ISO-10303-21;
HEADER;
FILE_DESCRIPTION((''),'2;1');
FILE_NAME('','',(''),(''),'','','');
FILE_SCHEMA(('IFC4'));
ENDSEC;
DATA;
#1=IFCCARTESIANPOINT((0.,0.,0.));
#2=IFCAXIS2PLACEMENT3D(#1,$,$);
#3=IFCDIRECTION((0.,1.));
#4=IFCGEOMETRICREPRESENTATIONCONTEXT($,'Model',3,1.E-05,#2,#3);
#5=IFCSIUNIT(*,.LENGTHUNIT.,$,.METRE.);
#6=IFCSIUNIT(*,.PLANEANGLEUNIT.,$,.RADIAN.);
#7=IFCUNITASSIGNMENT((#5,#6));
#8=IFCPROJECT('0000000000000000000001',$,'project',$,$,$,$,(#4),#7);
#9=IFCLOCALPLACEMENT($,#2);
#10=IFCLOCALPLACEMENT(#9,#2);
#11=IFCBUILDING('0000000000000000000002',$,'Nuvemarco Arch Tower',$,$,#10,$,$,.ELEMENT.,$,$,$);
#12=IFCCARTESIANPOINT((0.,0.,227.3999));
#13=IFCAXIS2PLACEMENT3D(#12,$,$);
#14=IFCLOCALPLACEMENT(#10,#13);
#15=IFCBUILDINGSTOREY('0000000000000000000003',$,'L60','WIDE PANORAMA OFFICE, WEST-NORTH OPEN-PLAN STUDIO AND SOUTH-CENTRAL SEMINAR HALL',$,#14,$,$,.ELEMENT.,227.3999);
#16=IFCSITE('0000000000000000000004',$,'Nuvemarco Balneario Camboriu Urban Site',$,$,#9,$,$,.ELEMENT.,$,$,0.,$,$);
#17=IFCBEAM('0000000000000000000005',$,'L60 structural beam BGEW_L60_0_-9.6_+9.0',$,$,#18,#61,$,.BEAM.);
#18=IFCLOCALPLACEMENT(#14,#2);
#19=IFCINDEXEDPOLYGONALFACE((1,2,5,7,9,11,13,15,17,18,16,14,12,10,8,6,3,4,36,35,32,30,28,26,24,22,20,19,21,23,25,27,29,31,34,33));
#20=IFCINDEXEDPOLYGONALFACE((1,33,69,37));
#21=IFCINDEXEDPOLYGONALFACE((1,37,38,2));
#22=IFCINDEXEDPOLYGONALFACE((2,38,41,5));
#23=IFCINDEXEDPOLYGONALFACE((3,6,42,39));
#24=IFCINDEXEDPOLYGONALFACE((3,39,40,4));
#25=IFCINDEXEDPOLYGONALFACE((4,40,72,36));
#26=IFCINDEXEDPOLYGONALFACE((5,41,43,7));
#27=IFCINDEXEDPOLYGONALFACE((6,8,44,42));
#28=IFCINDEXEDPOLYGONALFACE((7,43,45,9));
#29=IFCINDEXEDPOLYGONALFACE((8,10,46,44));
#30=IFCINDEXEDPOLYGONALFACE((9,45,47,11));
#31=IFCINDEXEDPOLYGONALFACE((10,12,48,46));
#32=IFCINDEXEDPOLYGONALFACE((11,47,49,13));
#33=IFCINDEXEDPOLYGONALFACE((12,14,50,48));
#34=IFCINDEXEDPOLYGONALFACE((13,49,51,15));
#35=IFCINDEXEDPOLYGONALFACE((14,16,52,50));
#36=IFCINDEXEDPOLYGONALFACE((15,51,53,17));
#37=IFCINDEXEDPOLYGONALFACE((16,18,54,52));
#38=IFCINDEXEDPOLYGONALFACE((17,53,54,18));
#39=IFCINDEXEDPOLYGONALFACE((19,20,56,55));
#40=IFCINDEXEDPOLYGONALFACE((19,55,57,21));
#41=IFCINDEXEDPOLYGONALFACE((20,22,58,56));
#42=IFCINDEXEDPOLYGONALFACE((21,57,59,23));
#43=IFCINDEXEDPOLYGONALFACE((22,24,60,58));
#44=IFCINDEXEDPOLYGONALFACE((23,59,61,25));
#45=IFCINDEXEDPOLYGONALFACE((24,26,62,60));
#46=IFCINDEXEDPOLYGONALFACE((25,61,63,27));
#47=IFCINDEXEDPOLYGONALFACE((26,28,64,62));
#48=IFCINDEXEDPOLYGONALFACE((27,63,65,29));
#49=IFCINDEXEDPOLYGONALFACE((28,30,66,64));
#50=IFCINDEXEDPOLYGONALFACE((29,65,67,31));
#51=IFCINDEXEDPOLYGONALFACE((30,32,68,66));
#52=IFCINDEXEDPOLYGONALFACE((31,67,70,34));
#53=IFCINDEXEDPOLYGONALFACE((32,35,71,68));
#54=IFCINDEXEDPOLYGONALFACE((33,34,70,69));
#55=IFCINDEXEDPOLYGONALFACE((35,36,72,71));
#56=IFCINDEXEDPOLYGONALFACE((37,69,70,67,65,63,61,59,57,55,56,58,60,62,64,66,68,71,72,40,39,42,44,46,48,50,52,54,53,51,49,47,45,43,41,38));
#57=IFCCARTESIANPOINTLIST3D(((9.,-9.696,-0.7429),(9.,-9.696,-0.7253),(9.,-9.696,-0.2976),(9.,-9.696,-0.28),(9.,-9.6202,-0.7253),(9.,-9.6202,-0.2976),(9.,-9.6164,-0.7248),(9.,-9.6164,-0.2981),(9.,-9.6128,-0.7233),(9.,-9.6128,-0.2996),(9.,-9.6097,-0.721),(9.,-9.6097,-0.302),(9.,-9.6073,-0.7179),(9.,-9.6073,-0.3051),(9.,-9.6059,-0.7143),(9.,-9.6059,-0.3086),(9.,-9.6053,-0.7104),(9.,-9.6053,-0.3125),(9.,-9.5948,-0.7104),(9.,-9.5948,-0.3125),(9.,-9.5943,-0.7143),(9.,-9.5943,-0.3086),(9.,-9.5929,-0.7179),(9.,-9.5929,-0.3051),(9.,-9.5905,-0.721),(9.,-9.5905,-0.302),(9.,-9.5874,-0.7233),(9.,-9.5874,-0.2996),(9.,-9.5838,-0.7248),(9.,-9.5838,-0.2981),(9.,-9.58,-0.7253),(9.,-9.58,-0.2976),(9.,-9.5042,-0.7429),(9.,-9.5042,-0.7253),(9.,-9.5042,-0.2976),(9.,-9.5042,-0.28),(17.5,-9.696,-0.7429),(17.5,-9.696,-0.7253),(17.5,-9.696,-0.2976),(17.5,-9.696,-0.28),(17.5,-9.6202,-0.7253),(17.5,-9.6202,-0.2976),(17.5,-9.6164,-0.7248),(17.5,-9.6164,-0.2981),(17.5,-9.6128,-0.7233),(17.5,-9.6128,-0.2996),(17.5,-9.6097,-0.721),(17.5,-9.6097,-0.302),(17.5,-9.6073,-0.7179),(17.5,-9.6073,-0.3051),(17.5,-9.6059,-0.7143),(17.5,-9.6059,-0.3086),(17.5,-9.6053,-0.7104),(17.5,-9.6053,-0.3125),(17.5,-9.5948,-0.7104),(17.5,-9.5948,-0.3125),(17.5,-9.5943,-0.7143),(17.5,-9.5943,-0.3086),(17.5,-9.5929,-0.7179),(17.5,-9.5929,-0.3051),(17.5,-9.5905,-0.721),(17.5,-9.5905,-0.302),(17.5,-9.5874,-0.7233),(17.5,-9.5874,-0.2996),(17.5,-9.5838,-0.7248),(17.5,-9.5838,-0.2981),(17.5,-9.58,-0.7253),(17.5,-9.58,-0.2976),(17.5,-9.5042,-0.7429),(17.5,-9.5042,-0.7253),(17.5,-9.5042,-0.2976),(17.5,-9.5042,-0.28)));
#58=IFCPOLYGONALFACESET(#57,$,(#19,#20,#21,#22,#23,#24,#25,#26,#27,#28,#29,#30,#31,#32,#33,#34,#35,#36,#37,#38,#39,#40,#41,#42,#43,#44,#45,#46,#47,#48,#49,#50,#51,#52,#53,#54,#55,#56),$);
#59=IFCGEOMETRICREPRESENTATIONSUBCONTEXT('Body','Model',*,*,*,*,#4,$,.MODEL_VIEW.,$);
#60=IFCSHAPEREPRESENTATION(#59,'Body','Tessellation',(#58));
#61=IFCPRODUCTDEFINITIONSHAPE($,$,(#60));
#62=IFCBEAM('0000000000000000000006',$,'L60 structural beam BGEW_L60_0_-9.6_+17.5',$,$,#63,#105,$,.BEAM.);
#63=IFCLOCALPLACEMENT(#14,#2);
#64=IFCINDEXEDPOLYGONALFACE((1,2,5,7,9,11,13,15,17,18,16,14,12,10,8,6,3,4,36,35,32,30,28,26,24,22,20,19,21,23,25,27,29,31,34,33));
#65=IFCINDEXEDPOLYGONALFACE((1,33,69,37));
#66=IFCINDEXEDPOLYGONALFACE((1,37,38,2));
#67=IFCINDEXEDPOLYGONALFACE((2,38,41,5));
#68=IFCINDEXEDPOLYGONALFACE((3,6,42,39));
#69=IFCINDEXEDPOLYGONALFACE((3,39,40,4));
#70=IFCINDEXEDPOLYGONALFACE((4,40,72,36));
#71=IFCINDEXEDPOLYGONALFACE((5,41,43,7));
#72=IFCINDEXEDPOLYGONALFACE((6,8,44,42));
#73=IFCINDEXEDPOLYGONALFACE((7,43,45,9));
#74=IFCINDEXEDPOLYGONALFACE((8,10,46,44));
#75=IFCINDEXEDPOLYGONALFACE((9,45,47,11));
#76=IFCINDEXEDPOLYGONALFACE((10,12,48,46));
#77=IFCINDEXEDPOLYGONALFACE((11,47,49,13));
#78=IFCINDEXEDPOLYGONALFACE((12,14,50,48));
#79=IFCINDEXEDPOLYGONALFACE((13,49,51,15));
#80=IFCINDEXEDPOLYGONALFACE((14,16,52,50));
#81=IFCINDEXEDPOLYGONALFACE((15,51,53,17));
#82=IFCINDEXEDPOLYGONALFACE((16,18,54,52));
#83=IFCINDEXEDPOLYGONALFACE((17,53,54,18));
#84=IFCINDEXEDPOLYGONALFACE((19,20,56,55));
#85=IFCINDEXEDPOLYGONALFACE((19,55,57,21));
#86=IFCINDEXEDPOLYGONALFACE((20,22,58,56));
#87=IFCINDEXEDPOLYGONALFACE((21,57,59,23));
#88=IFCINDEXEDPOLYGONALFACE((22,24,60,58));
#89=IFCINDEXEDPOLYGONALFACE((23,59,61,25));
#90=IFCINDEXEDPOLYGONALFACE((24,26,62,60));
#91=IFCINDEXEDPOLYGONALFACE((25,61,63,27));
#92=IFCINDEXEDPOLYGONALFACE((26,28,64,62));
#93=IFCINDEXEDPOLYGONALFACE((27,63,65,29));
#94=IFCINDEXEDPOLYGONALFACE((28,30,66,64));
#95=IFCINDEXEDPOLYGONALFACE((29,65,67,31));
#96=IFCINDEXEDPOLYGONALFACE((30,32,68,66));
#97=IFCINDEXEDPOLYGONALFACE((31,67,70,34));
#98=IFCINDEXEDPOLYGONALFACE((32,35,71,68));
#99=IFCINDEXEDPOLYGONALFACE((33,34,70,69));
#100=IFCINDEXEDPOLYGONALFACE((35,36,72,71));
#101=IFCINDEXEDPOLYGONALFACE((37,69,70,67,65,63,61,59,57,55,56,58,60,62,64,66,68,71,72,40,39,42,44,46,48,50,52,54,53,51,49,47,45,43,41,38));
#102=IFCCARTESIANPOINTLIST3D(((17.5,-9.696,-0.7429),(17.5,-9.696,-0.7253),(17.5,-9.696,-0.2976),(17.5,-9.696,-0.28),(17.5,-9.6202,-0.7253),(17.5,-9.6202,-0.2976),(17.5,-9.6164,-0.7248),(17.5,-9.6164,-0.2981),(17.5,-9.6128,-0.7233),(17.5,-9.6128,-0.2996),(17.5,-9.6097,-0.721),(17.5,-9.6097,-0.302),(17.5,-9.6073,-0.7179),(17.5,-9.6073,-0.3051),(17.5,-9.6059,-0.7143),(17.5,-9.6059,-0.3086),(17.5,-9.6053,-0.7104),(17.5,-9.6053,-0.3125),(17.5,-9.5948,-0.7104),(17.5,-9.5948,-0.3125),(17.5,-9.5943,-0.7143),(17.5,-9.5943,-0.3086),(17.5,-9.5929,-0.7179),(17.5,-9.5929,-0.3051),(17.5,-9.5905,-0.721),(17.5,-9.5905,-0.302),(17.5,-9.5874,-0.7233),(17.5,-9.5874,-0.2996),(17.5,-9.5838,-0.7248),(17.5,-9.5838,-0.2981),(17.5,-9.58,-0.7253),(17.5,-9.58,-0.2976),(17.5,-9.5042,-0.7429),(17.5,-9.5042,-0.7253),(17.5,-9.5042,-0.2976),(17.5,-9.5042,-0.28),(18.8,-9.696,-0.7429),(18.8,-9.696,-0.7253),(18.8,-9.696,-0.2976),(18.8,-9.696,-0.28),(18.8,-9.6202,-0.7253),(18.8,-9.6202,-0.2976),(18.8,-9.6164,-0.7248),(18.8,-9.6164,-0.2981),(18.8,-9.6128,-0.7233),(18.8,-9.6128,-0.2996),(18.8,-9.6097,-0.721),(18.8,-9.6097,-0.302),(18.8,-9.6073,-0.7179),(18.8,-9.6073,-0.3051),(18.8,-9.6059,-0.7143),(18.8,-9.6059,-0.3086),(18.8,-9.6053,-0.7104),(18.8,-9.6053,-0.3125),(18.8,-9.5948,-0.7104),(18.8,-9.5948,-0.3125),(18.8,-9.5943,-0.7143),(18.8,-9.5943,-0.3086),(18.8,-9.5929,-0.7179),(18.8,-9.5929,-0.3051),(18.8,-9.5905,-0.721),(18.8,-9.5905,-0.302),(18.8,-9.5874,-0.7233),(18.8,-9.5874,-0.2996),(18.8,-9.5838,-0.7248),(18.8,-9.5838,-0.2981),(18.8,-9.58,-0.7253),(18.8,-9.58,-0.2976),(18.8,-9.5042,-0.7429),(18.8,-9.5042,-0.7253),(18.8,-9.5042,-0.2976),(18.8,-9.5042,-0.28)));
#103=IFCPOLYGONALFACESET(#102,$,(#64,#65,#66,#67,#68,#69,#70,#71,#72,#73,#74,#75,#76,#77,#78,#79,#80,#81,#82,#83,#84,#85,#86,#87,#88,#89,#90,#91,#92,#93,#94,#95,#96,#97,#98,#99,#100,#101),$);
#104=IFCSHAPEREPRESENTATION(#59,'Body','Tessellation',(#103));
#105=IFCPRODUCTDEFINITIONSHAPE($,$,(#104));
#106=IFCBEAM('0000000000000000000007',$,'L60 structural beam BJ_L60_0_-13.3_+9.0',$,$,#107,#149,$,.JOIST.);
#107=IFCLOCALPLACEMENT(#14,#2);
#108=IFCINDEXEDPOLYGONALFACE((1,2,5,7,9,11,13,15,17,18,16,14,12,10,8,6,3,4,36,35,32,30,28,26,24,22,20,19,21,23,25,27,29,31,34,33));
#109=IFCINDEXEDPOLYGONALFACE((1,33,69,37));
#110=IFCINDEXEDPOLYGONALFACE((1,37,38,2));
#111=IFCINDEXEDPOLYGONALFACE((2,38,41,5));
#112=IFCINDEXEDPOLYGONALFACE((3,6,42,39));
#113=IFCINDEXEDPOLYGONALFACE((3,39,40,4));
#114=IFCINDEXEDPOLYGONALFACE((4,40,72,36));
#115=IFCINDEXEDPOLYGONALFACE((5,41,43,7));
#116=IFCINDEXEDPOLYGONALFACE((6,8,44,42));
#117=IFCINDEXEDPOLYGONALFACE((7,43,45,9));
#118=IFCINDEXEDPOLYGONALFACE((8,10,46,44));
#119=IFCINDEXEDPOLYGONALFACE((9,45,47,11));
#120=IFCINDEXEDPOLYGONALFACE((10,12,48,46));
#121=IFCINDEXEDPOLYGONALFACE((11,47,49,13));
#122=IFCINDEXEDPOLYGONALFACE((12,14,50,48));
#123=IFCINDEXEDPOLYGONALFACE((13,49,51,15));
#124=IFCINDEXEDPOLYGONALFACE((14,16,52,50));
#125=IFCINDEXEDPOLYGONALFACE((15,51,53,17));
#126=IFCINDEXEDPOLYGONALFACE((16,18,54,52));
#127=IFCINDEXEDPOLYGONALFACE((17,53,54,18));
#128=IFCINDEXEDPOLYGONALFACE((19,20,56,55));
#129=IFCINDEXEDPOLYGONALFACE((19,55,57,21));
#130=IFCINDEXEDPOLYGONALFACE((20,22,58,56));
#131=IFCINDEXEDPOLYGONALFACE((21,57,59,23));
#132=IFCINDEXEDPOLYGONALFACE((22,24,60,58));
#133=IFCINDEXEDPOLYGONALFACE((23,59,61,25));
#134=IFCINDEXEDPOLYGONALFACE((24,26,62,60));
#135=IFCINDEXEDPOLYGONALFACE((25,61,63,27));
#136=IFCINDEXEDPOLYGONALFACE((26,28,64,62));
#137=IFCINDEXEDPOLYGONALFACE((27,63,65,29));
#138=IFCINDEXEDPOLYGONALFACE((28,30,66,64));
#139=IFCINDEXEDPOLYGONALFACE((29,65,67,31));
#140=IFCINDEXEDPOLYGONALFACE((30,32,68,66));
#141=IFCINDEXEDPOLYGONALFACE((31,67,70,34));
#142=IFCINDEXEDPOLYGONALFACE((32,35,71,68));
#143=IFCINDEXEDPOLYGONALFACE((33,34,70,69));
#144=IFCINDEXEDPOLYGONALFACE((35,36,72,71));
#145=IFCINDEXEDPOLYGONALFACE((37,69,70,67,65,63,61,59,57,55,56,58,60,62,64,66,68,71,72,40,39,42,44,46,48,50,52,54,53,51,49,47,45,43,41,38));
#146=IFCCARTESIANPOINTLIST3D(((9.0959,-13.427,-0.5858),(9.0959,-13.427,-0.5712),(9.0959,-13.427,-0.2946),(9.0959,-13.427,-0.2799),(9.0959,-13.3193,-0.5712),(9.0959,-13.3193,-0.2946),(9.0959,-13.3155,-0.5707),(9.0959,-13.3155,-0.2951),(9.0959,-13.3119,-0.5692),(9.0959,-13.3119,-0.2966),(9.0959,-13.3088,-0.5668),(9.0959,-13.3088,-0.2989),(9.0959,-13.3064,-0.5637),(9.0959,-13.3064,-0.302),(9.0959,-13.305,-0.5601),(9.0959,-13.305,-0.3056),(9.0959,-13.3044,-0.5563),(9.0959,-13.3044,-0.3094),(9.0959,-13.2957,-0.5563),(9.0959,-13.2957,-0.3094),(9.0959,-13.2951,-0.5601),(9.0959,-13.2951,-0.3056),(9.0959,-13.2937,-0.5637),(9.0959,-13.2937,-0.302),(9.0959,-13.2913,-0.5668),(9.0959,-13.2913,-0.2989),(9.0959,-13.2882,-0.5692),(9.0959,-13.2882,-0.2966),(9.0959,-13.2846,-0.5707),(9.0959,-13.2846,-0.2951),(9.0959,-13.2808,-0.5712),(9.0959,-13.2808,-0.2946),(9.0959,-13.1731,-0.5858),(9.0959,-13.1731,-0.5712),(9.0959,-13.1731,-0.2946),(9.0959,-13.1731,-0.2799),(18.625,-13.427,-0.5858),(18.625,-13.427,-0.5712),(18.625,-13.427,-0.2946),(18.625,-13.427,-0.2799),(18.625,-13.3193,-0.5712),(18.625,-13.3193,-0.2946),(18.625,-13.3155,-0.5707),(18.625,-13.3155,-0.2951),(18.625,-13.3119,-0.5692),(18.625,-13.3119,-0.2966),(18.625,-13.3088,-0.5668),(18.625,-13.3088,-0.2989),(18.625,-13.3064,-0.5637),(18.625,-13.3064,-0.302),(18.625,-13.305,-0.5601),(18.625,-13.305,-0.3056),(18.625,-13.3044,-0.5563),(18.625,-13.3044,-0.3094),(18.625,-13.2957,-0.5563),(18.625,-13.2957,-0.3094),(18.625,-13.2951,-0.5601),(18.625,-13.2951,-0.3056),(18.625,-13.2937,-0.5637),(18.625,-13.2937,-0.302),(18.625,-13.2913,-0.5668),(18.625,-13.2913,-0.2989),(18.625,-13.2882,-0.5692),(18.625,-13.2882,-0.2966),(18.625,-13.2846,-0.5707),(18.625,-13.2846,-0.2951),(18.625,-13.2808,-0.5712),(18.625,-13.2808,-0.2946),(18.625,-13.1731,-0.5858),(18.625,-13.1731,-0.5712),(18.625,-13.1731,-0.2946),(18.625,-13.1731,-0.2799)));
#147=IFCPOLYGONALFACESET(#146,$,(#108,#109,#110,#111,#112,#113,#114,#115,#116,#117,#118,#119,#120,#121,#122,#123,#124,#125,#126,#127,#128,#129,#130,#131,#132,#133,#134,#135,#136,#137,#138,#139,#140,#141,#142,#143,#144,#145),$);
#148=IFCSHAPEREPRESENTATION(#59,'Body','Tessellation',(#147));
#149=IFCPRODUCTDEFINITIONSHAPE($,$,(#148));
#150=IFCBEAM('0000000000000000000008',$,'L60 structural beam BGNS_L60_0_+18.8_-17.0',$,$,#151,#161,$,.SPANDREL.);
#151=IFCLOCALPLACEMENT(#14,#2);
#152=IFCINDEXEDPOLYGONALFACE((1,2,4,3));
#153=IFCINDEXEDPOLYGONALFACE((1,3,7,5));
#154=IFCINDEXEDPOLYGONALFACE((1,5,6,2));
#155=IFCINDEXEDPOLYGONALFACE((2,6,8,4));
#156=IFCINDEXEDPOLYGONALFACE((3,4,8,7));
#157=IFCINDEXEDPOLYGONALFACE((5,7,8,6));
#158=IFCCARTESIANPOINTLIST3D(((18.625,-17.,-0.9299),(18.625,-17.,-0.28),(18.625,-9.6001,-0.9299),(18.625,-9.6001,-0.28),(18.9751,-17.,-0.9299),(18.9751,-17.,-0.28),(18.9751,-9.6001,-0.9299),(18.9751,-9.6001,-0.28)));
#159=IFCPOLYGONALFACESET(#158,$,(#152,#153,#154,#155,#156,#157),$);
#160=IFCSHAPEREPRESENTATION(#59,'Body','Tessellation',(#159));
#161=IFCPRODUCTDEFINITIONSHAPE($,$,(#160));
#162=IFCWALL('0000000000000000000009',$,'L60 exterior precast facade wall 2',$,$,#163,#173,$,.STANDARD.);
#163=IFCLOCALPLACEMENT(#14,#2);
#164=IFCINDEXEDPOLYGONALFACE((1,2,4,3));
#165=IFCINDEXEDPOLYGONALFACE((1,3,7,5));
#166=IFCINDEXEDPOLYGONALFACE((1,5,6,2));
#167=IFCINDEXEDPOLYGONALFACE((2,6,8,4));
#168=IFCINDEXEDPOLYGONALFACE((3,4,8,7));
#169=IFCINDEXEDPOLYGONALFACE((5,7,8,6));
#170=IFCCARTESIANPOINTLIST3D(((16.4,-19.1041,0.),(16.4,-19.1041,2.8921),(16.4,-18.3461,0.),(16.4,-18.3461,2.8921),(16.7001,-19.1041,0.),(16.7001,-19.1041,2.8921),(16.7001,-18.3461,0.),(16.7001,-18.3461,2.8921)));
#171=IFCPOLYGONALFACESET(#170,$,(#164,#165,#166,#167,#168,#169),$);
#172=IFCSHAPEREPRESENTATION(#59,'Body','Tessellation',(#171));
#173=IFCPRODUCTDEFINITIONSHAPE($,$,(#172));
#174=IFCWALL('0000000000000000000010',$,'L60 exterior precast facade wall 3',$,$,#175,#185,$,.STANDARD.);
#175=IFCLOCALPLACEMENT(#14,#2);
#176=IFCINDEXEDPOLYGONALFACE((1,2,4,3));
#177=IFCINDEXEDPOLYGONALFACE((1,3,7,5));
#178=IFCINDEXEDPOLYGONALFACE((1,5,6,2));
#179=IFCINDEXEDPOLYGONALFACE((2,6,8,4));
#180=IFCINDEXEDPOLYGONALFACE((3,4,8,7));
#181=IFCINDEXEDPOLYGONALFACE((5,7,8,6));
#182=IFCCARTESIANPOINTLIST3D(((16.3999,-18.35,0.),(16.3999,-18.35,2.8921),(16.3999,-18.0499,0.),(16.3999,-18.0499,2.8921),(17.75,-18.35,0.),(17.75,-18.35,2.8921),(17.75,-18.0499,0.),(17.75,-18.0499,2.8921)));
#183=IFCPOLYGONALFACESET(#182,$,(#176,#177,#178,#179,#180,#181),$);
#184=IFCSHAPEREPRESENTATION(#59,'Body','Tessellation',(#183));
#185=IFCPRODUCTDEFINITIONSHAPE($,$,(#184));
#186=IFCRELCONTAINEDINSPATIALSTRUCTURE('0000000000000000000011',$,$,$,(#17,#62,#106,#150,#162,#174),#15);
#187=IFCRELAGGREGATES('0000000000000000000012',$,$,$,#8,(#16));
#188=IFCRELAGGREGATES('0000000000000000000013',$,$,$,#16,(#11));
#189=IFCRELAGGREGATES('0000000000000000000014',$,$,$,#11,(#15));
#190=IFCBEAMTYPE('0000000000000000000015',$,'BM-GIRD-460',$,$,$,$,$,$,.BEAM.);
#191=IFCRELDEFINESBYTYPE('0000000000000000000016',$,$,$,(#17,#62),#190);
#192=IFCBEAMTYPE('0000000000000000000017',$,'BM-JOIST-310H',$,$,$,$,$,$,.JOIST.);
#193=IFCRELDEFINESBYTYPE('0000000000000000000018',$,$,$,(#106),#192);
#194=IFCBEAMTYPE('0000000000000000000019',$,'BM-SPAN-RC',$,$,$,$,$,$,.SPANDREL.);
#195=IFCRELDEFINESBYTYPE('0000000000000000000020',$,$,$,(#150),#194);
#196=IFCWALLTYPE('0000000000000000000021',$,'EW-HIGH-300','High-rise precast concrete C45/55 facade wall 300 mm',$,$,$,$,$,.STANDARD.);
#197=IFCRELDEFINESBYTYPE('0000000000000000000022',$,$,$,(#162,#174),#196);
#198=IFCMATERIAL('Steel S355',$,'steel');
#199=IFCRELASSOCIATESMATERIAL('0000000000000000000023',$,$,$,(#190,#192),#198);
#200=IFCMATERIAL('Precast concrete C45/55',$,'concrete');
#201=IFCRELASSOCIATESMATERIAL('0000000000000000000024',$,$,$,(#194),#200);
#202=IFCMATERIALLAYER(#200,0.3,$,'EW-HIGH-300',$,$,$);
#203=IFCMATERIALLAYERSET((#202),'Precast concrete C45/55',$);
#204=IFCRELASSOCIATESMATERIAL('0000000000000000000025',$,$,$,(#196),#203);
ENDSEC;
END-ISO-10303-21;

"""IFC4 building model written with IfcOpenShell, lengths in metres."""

from ifc_helpers import new_model, si_unit, direction, frame, frame_2d, origin, origin_2d, place, context, subcontext, project, spatial, rectangle, i_section, extrude, material, layer, layer_set, material_profile, profile_set, type_object, element, save


model = new_model("IFC4")

# Units and contexts
model_context = context("Model", 3, precision=1e-05, world=origin(), true_north=direction((0.0, 1.0)))
body_context = subcontext(model_context, "Body", "Model", "MODEL_VIEW")
ifc_project = project(units=[si_unit("LENGTHUNIT", "METRE"), si_unit("PLANEANGLEUNIT", "RADIAN")], contexts=[model_context])

# Site, building, storey
site_placement = place(None, origin())
site = spatial("IfcSite", under=ifc_project, at=site_placement, Name="Nuvemarco Balneario Camboriu Urban Site", CompositionType="ELEMENT", RefElevation=0.0)
building_placement = place(site_placement, origin())
building = spatial("IfcBuilding", under=site, at=building_placement, Name="Nuvemarco Arch Tower", CompositionType="ELEMENT")
storey_placement = place(building_placement, frame((0.0, 0.0, 227.3999)))
storey = spatial("IfcBuildingStorey", under=building, at=storey_placement, Name="L60", Description="WIDE PANORAMA OFFICE, WEST-NORTH OPEN-PLAN STUDIO AND SOUTH-CENTRAL SEMINAR HALL", CompositionType="ELEMENT", Elevation=227.3999)

# Shared definitions
ifc_material_1 = material(Name="Steel S355", Category="steel")

# Beams
ifc_material_profile_1 = material_profile(ifc_material_1, i_section(OverallWidth=0.1919, OverallDepth=0.4629, WebThickness=0.0105, FlangeThickness=0.0176, FilletRadius=0.0149, at=origin_2d()), Name="W460x89")
ifc_profile_set_1 = profile_set([ifc_material_profile_1], Name="Steel S355")
beam_type_1 = type_object("IfcBeamType", Name="BM-GIRD-460", PredefinedType="BEAM", material=ifc_profile_set_1)
beam_1_placement = place(storey_placement, frame((9.0, -9.6001, -0.5115), z_axis=(1.0, 0.0, 0.0), x_axis=(0.0, 1.0, 0.0)))
element("IfcBeam", 1, at=beam_1_placement, inside=storey, type_object=beam_type_1, Name="L60 structural beam BGEW_L60_0_-9.6_+9.0", PredefinedType="BEAM", context=body_context, shape_type="SweptSolid", body=[
    extrude(i_section(OverallWidth=0.1919, OverallDepth=0.4629, WebThickness=0.0105, FlangeThickness=0.0176, FilletRadius=0.0149, at=origin_2d()), origin(), (0.0, 0.0, 1.0), 8.5),
])
beam_2_placement = place(storey_placement, frame((17.5, -9.6001, -0.5115), z_axis=(1.0, 0.0, 0.0), x_axis=(0.0, 1.0, 0.0)))
element("IfcBeam", 2, at=beam_2_placement, inside=storey, type_object=beam_type_1, Name="L60 structural beam BGEW_L60_0_-9.6_+17.5", PredefinedType="BEAM", context=body_context, shape_type="SweptSolid", body=[
    extrude(i_section(OverallWidth=0.1919, OverallDepth=0.4629, WebThickness=0.0105, FlangeThickness=0.0176, FilletRadius=0.0149, at=origin_2d()), origin(), (0.0, 0.0, 1.0), 1.3),
])
ifc_material_profile_2 = material_profile(ifc_material_1, i_section(OverallWidth=0.2539, OverallDepth=0.3059, WebThickness=0.0088, FlangeThickness=0.0146, FilletRadius=0.0149, at=origin_2d()), Name="W310x79")
ifc_profile_set_2 = profile_set([ifc_material_profile_2], Name="Steel S355")
beam_type_2 = type_object("IfcBeamType", Name="BM-JOIST-310H", PredefinedType="JOIST", material=ifc_profile_set_2)
beam_3_placement = place(storey_placement, frame((9.0959, -13.3, -0.4329), z_axis=(1.0, 0.0, 0.0), x_axis=(0.0, 1.0, 0.0)))
element("IfcBeam", 3, at=beam_3_placement, inside=storey, type_object=beam_type_2, Name="L60 structural beam BJ_L60_0_-13.3_+9.0", PredefinedType="JOIST", context=body_context, shape_type="SweptSolid", body=[
    extrude(i_section(OverallWidth=0.2539, OverallDepth=0.3059, WebThickness=0.0088, FlangeThickness=0.0146, FilletRadius=0.0149, at=origin_2d()), origin(), (0.0, 0.0, 1.0), 9.5291),
])
ifc_material_2 = material(Name="Precast concrete C45/55", Category="concrete")
ifc_material_profile_3 = material_profile(ifc_material_2, rectangle(XDim=0.3501, YDim=0.6499, at=origin_2d()), Name="PC-SP-350x650")
ifc_profile_set_3 = profile_set([ifc_material_profile_3], Name="Precast concrete C45/55")
beam_type_3 = type_object("IfcBeamType", Name="BM-SPAN-RC", PredefinedType="SPANDREL", material=ifc_profile_set_3)
beam_4_placement = place(storey_placement, frame((18.8, -17.0, -0.605), z_axis=(0.0, 1.0, 0.0), x_axis=(-1.0, 0.0, 0.0)))
element("IfcBeam", 4, at=beam_4_placement, inside=storey, type_object=beam_type_3, Name="L60 structural beam BGNS_L60_0_+18.8_-17.0", PredefinedType="SPANDREL", context=body_context, shape_type="SweptSolid", body=[
    extrude(rectangle(XDim=0.3501, YDim=0.6499, at=origin_2d()), origin(), (0.0, 0.0, 1.0), 7.3999),
])

# Walls
ifc_layer = layer(ifc_material_2, 0.3, Name="EW-HIGH-300")
ifc_layer_set = layer_set([ifc_layer], Name="Precast concrete C45/55")
wall_type = type_object("IfcWallType", Name="EW-HIGH-300", Description="High-rise precast concrete C45/55 facade wall 300 mm", PredefinedType="STANDARD", material=ifc_layer_set)
wall_1_placement = place(storey_placement, frame((16.55, -19.104, 0.0), z_axis=(0.0, 0.0, 1.0), x_axis=(0.0, 1.0, 0.0)))
element("IfcWall", 5, at=wall_1_placement, inside=storey, type_object=wall_type, Name="L60 exterior precast facade wall 2", PredefinedType="STANDARD", context=body_context, shape_type="SweptSolid", body=[
    extrude(rectangle(XDim=0.7581, YDim=0.3, at=frame_2d((0.3789, 0.0))), origin(), (0.0, 0.0, 1.0), 2.8921),
])
wall_2_placement = place(storey_placement, frame((16.3999, -18.2, 0.0), z_axis=(0.0, 0.0, 1.0), x_axis=(1.0, 0.0, 0.0)))
element("IfcWall", 6, at=wall_2_placement, inside=storey, type_object=wall_type, Name="L60 exterior precast facade wall 3", PredefinedType="STANDARD", context=body_context, shape_type="SweptSolid", body=[
    extrude(rectangle(XDim=1.3501, YDim=0.3, at=frame_2d((0.675, 0.0))), origin(), (0.0, 0.0, 1.0), 2.8921),
])

save(model, "model.ifc")
